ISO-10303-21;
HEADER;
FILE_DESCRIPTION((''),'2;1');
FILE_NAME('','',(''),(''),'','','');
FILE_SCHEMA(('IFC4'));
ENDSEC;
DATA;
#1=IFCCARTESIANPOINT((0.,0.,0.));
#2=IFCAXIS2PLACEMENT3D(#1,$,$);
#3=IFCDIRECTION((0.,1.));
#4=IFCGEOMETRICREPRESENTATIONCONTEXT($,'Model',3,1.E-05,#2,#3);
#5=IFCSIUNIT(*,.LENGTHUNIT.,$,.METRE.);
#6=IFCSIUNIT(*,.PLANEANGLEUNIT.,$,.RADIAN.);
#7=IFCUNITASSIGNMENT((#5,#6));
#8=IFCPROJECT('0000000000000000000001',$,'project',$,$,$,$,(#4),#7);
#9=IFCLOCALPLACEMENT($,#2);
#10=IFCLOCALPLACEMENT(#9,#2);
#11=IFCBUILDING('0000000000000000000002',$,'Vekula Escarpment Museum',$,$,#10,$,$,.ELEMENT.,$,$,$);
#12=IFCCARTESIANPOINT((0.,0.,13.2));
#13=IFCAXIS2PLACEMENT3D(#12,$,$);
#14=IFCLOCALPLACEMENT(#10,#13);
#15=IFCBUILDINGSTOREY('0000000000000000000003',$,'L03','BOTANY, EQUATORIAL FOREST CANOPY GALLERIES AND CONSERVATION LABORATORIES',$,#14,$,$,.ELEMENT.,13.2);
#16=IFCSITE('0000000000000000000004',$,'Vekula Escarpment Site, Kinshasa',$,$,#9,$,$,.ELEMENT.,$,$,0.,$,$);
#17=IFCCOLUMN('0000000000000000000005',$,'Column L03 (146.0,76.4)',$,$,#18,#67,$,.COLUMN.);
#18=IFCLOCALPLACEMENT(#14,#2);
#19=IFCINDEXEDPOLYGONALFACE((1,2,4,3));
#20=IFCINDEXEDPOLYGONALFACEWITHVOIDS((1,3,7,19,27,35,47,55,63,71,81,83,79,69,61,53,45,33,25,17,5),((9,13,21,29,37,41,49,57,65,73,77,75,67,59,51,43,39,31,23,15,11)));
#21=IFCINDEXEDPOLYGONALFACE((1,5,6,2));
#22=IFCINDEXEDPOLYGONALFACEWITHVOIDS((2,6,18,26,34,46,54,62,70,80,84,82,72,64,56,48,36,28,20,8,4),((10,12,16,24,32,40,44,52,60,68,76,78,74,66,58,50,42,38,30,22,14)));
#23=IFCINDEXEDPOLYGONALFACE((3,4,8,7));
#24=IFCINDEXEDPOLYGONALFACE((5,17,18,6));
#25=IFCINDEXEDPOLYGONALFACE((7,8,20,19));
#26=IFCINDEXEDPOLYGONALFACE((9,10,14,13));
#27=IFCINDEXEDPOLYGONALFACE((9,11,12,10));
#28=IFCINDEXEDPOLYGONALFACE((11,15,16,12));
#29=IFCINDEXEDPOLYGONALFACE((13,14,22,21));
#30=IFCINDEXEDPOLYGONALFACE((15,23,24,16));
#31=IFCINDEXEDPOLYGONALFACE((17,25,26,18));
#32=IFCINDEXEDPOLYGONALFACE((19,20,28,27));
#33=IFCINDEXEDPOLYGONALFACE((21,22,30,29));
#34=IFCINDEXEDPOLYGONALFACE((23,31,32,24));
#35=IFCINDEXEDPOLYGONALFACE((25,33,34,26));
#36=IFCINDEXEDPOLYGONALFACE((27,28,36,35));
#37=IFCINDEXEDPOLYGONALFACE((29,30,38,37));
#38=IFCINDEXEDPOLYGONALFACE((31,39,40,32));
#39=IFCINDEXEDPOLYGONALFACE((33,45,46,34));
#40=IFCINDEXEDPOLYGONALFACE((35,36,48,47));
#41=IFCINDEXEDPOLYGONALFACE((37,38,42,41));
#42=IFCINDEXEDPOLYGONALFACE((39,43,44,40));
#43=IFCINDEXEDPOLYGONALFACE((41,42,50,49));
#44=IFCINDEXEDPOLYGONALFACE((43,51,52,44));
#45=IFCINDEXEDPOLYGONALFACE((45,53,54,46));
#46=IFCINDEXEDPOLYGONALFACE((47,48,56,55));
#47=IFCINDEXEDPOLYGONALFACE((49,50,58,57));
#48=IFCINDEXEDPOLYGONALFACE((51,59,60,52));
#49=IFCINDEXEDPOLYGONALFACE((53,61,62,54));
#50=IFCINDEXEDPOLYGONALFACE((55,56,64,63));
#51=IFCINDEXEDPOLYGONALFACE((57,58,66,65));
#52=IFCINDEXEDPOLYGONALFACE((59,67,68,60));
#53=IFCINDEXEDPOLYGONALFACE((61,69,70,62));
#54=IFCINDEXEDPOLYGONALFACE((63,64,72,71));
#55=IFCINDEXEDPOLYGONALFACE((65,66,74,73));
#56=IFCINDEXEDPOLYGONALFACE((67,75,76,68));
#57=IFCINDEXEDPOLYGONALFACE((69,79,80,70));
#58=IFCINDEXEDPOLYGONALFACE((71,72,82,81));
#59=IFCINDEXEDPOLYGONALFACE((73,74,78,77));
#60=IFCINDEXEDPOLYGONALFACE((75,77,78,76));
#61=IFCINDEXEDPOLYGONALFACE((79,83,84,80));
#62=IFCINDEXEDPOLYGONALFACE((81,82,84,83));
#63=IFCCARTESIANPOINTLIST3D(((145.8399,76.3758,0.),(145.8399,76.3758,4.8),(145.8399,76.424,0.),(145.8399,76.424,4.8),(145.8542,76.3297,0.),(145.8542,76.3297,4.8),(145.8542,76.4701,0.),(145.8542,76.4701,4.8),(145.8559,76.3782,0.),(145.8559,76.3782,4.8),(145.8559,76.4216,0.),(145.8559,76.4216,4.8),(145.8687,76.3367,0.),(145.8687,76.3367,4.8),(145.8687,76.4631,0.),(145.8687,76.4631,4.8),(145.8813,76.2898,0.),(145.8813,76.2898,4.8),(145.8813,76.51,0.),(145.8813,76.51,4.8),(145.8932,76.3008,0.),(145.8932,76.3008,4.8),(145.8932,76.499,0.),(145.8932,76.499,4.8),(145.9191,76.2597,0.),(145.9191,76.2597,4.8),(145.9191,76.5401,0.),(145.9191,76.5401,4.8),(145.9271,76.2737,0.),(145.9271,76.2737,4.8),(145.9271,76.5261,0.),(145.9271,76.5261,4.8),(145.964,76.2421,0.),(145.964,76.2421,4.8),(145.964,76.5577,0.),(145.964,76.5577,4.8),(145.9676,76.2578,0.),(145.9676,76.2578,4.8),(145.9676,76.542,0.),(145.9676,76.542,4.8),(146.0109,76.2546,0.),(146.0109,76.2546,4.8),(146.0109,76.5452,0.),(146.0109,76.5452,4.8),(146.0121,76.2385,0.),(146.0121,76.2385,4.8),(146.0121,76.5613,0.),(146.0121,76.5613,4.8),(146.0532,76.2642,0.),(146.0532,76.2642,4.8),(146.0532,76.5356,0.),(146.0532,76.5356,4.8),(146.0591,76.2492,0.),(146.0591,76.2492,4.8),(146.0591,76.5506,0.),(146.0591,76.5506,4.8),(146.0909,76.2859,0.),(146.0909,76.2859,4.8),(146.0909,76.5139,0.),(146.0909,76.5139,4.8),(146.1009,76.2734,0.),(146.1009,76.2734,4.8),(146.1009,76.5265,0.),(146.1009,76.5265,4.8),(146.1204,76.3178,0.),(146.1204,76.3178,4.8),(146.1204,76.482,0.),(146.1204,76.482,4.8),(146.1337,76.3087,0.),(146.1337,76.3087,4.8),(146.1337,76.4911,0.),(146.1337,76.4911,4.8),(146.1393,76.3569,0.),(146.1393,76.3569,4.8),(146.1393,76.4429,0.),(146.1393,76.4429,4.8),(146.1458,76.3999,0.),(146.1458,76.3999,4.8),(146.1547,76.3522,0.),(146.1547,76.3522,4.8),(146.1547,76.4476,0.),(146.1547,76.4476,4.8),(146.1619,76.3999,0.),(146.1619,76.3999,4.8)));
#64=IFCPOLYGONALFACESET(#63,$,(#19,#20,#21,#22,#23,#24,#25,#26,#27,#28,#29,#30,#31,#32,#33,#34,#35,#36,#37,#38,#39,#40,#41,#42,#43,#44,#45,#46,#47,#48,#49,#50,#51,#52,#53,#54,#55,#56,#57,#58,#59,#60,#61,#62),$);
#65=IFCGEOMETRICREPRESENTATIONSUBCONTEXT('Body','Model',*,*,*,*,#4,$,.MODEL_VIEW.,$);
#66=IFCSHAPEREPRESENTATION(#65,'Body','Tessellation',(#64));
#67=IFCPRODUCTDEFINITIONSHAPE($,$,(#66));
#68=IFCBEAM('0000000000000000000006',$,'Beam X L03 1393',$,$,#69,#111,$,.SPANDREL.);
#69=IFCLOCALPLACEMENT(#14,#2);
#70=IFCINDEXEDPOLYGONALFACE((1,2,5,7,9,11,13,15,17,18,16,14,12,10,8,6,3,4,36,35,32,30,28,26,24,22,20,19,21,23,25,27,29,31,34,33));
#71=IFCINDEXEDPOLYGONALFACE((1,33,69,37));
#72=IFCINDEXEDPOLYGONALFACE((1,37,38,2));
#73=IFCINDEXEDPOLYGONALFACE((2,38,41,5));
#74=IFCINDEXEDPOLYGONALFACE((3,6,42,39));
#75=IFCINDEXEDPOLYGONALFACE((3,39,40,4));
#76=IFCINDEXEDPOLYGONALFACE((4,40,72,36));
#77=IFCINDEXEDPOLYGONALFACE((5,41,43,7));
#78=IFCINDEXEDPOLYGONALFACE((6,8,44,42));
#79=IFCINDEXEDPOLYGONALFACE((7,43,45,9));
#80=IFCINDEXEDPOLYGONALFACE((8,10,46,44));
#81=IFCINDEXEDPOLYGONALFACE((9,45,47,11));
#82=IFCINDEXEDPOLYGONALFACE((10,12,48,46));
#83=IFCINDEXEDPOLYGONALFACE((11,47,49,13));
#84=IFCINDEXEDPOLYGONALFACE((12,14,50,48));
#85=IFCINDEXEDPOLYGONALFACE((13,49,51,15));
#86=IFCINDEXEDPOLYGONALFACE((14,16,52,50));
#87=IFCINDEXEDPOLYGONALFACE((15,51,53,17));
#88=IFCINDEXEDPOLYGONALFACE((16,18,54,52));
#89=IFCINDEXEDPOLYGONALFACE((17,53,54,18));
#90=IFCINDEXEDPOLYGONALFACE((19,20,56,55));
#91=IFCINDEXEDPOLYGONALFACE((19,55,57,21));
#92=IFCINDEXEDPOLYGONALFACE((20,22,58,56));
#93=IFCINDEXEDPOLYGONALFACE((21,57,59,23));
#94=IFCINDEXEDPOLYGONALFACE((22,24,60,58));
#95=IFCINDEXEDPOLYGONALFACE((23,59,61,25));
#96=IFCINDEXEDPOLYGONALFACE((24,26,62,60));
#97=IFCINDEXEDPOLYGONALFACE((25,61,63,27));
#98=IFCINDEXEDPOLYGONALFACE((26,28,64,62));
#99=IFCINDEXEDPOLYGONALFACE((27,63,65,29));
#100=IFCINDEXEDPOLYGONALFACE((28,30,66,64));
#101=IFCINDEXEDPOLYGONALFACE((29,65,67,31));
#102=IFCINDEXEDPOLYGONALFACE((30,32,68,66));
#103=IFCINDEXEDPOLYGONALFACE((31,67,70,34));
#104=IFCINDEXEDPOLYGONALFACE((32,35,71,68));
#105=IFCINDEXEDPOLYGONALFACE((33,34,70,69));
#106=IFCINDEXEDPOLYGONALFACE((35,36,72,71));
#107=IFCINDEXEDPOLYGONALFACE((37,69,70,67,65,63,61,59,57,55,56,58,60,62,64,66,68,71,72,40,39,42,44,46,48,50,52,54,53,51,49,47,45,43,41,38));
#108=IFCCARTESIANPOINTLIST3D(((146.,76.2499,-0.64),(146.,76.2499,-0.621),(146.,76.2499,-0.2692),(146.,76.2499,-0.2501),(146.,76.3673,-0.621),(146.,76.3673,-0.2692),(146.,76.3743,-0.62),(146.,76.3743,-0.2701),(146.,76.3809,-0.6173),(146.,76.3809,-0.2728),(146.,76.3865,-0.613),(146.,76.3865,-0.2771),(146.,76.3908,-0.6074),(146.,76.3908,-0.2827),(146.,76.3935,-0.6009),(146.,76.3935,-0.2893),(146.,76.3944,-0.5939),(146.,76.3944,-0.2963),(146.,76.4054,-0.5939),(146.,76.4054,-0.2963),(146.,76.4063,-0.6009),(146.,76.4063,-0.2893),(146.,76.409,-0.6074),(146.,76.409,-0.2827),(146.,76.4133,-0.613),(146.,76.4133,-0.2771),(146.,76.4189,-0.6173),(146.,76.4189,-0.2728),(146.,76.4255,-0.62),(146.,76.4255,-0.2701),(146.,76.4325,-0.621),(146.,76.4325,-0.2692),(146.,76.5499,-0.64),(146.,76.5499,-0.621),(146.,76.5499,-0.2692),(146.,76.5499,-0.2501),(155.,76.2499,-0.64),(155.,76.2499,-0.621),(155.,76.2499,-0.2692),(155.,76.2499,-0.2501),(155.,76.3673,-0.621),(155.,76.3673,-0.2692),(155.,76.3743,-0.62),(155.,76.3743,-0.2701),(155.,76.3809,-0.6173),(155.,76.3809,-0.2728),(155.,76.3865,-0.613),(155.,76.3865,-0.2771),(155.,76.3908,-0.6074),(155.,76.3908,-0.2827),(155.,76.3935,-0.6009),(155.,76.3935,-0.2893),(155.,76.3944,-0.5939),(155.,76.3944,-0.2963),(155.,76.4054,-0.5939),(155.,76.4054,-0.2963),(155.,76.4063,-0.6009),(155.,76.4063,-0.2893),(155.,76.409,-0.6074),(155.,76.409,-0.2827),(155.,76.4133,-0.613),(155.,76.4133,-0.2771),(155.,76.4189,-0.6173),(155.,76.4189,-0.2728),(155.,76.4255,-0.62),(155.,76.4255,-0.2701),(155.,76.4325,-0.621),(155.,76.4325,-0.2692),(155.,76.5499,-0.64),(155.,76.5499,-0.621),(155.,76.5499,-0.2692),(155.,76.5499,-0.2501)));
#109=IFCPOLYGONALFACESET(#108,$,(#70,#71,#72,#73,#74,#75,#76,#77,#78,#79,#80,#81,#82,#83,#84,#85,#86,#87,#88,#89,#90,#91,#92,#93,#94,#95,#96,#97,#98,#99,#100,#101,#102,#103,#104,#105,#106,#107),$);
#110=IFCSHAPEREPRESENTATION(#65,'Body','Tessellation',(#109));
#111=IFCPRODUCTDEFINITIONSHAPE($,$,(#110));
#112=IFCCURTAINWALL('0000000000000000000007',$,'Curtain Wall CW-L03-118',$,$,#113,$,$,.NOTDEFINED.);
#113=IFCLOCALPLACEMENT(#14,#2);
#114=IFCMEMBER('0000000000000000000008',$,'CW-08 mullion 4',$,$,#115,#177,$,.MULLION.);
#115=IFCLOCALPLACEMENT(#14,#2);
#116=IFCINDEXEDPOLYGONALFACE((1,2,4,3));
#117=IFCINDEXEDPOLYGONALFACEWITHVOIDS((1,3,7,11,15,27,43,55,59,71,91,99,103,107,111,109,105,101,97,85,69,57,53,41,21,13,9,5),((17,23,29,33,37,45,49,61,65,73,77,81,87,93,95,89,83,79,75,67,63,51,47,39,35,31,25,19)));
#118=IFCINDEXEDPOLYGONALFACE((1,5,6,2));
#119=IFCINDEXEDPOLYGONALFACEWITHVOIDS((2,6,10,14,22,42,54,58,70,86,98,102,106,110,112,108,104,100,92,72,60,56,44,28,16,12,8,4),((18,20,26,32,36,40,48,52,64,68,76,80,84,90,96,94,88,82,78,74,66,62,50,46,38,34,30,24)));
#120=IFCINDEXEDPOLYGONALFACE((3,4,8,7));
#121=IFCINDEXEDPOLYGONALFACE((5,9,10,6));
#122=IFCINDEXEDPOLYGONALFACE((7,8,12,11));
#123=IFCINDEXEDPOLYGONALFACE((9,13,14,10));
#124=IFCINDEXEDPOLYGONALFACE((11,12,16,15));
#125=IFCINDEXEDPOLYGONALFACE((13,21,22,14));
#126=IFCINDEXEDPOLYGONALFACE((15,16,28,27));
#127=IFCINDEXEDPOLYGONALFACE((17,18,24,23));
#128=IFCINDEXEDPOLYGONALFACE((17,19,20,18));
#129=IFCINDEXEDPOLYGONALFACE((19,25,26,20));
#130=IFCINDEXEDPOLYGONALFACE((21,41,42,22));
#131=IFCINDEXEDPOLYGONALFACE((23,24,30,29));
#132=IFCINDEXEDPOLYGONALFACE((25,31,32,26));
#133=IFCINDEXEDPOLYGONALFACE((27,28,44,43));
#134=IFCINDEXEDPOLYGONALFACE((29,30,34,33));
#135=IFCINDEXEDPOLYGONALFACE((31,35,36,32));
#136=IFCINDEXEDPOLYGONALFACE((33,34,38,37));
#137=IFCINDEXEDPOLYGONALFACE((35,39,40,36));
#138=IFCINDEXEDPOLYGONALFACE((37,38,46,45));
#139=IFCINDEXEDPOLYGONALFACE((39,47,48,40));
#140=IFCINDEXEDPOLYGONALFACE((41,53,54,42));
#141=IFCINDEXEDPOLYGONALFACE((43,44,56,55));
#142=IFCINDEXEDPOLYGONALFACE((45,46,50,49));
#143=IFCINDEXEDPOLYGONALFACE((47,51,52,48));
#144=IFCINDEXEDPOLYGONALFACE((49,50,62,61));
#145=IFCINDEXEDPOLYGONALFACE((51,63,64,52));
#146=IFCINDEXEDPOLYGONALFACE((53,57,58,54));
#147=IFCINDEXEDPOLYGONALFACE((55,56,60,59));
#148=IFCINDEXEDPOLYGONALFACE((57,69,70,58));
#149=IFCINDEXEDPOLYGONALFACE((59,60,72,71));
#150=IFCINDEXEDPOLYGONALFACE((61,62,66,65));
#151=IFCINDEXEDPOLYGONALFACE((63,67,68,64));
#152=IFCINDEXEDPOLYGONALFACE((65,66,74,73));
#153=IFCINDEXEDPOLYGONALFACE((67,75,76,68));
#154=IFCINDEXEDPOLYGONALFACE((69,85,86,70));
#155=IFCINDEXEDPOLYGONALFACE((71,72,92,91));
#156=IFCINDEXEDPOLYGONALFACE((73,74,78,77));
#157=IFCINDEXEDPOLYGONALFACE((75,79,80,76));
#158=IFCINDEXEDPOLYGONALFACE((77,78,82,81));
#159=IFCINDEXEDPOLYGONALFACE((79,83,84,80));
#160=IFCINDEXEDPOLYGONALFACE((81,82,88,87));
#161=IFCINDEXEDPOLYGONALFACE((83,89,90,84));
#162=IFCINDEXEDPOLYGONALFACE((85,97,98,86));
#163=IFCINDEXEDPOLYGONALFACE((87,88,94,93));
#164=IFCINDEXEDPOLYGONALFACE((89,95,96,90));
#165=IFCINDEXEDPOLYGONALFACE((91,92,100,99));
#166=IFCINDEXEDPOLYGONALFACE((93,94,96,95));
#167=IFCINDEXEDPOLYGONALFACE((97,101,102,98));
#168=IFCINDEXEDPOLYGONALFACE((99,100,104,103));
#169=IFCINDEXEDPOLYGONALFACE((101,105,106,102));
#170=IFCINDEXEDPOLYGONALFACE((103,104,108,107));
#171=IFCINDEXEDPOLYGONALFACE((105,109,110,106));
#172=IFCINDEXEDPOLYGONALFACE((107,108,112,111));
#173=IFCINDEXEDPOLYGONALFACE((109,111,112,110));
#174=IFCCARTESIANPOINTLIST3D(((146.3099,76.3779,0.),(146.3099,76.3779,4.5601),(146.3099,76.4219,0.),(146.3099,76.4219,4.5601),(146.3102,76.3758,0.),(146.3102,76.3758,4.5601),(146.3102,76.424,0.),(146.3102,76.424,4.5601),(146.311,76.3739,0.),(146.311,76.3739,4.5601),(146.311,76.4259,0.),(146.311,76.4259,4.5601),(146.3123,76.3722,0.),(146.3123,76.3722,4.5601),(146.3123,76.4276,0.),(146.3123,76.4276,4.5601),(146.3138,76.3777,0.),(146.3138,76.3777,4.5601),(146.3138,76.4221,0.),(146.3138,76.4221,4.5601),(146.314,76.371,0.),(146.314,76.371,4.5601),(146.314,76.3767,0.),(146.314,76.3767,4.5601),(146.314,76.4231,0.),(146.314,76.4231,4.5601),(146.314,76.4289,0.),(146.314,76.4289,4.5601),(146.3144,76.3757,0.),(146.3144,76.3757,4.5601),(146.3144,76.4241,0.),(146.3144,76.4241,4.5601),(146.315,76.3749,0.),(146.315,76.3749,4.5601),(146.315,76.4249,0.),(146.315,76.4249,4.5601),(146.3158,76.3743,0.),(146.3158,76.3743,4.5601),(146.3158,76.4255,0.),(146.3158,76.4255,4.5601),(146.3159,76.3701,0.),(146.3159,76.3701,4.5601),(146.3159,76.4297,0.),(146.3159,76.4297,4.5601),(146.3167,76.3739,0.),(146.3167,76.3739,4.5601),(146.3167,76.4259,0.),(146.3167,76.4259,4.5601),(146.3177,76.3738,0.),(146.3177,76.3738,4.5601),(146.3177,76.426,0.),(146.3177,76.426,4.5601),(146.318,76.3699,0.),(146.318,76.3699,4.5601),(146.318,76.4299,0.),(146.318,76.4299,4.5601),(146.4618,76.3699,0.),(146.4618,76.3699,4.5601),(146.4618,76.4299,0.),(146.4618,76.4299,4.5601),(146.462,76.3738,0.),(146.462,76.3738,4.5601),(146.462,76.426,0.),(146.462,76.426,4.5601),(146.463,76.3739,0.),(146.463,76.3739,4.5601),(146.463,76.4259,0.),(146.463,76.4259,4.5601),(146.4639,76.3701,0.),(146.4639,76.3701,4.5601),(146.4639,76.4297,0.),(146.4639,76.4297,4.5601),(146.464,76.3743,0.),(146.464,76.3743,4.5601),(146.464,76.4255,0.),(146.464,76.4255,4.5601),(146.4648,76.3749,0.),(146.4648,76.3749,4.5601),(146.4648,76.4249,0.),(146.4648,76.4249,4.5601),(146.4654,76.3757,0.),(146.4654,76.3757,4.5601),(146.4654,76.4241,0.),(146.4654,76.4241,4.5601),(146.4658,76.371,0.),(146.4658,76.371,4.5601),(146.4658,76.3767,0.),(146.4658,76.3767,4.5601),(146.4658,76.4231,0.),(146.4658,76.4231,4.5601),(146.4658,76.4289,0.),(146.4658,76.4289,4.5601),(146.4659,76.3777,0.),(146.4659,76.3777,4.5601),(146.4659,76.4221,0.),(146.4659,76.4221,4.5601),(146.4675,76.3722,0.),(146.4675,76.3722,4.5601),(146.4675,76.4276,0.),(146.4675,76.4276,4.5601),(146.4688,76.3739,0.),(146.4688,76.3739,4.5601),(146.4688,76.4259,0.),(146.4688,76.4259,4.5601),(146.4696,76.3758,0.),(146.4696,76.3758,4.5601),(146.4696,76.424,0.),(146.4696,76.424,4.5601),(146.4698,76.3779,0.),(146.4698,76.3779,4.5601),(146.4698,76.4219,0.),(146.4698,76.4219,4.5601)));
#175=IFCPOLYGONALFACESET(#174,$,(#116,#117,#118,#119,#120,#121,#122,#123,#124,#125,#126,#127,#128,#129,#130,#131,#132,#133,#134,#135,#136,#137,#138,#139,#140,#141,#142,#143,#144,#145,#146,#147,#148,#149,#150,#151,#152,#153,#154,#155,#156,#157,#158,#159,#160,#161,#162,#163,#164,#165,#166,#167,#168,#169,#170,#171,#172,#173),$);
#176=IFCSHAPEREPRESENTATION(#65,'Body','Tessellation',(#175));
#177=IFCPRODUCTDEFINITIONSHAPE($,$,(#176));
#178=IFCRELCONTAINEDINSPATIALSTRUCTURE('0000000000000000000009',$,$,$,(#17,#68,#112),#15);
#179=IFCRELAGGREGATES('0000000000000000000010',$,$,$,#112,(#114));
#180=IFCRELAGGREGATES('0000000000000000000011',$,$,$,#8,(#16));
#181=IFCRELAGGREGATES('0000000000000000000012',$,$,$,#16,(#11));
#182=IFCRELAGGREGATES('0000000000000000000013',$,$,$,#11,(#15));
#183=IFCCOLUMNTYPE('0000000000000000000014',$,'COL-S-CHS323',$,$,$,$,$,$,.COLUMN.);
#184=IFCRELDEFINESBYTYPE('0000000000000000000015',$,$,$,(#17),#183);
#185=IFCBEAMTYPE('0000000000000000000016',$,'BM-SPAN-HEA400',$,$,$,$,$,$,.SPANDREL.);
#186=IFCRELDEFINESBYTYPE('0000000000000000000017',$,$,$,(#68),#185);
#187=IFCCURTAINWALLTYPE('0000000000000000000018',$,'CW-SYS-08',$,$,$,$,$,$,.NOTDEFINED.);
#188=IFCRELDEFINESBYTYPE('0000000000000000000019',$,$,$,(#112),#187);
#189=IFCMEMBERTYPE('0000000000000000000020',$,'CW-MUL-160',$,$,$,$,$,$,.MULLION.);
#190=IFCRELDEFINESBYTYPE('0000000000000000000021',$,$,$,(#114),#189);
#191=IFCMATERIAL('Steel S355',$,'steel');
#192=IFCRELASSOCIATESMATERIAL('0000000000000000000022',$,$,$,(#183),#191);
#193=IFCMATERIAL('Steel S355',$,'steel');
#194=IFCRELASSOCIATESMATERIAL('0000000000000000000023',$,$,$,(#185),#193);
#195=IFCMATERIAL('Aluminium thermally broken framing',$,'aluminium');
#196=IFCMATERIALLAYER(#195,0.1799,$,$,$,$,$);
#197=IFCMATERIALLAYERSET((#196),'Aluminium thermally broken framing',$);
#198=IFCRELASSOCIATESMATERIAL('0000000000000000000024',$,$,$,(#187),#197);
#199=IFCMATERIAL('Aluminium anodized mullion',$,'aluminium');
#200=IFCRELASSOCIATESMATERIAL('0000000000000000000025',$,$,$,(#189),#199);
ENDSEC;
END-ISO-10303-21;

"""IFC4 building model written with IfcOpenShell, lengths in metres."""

from ifc_helpers import new_model, si_unit, direction, frame, origin, origin_2d, place, context, subcontext, project, spatial, hollow_rectangle, hollow_circle, i_section, extrude, material, layer, layer_set, material_profile, profile_set, type_object, element, aggregate, save


model = new_model("IFC4")

# Units and contexts
model_context = context("Model", 3, precision=1e-05, world=origin(), true_north=direction((0.0, 1.0)))
body_context = subcontext(model_context, "Body", "Model", "MODEL_VIEW")
ifc_project = project(units=[si_unit("LENGTHUNIT", "METRE"), si_unit("PLANEANGLEUNIT", "RADIAN")], contexts=[model_context])

# Site, building, storey
site_placement = place(None, origin())
site = spatial("IfcSite", under=ifc_project, at=site_placement, Name="Vekula Escarpment Site, Kinshasa", CompositionType="ELEMENT", RefElevation=0.0)
building_placement = place(site_placement, origin())
building = spatial("IfcBuilding", under=site, at=building_placement, Name="Vekula Escarpment Museum", CompositionType="ELEMENT")
storey_placement = place(building_placement, frame((0.0, 0.0, 13.2)))
storey = spatial("IfcBuildingStorey", under=building, at=storey_placement, Name="L03", Description="BOTANY, EQUATORIAL FOREST CANOPY GALLERIES AND CONSERVATION LABORATORIES", CompositionType="ELEMENT", Elevation=13.2)

# Column
ifc_material_1 = material(Name="Steel S355", Category="steel")
ifc_material_profile_1 = material_profile(ifc_material_1, hollow_circle(Radius=0.1619, WallThickness=0.0161, at=origin_2d()), Name="CHS 323.9x16")
ifc_profile_set_1 = profile_set([ifc_material_profile_1], Name="Steel S355")
column_type = type_object("IfcColumnType", Name="COL-S-CHS323", PredefinedType="COLUMN", material=ifc_profile_set_1)
column_placement = place(storey_placement, frame((146.0, 76.3999, 0.0), z_axis=(0.0, 0.0, 1.0), x_axis=(1.0, 0.0, 0.0)))
element("IfcColumn", 1, at=column_placement, inside=storey, type_object=column_type, Name="Column L03 (146.0,76.4)", PredefinedType="COLUMN", context=body_context, shape_type="SweptSolid", body=[
    extrude(hollow_circle(Radius=0.1619, WallThickness=0.0161, at=origin_2d()), origin(), (0.0, 0.0, 1.0), 4.8),
])

# Beam
ifc_material_2 = material(Name="Steel S355", Category="steel")
ifc_material_profile_2 = material_profile(ifc_material_2, i_section(OverallWidth=0.3, OverallDepth=0.3899, WebThickness=0.011, FlangeThickness=0.019, FilletRadius=0.0271, at=origin_2d()), Name="HEA 400")
ifc_profile_set_2 = profile_set([ifc_material_profile_2], Name="Steel S355")
beam_type = type_object("IfcBeamType", Name="BM-SPAN-HEA400", PredefinedType="SPANDREL", material=ifc_profile_set_2)
beam_placement = place(storey_placement, frame((146.0, 76.3999, -0.4451), z_axis=(1.0, 0.0, 0.0), x_axis=(0.0, 1.0, 0.0)))
element("IfcBeam", 2, at=beam_placement, inside=storey, type_object=beam_type, Name="Beam X L03 1393", PredefinedType="SPANDREL", context=body_context, shape_type="SweptSolid", body=[
    extrude(i_section(OverallWidth=0.3, OverallDepth=0.3899, WebThickness=0.011, FlangeThickness=0.019, FilletRadius=0.0271, at=origin_2d()), origin(), (0.0, 0.0, 1.0), 9.0),
])

# Curtain wall, member
ifc_material_3 = material(Name="Aluminium thermally broken framing", Category="aluminium")
ifc_layer_1 = layer(ifc_material_3, 0.1799)
ifc_layer_set_1 = layer_set([ifc_layer_1], Name="Aluminium thermally broken framing")
curtain_wall_type_1 = type_object("IfcCurtainWallType", Name="CW-SYS-08", PredefinedType="NOTDEFINED", material=ifc_layer_set_1)
curtain_wall_1_placement = place(storey_placement, origin())
curtain_wall_1 = element("IfcCurtainWall", 3, at=curtain_wall_1_placement, inside=storey, type_object=curtain_wall_type_1, Name="Curtain Wall CW-L03-118", PredefinedType="NOTDEFINED")
ifc_material_4 = material(Name="Aluminium anodized mullion", Category="aluminium")
ifc_material_profile_3 = material_profile(ifc_material_4, hollow_rectangle(XDim=0.0601, YDim=0.1599, WallThickness=0.0039, InnerFilletRadius=0.0039, OuterFilletRadius=0.0081, at=origin_2d()), Name="ALU 160x60x4")
ifc_profile_set_3 = profile_set([ifc_material_profile_3], Name="Aluminium anodized mullion")
member_type_1 = type_object("IfcMemberType", Name="CW-MUL-160", PredefinedType="MULLION", material=ifc_profile_set_3)
member_1_placement = place(storey_placement, frame((146.3899, 76.3999, 0.0), z_axis=(0.0, 0.0, 1.0), x_axis=(0.0, -1.0, 0.0)))
member_1 = element("IfcMember", 4, at=member_1_placement, type_object=member_type_1, Name="CW-08 mullion 4", PredefinedType="MULLION", context=body_context, shape_type="SweptSolid", body=[
    extrude(hollow_rectangle(XDim=0.0601, YDim=0.1599, WallThickness=0.0039, InnerFilletRadius=0.0039, OuterFilletRadius=0.0081, at=origin_2d()), origin(), (0.0, 0.0, 1.0), 4.5601),
])

aggregate(curtain_wall_1, [member_1])

save(model, "model.ifc")
